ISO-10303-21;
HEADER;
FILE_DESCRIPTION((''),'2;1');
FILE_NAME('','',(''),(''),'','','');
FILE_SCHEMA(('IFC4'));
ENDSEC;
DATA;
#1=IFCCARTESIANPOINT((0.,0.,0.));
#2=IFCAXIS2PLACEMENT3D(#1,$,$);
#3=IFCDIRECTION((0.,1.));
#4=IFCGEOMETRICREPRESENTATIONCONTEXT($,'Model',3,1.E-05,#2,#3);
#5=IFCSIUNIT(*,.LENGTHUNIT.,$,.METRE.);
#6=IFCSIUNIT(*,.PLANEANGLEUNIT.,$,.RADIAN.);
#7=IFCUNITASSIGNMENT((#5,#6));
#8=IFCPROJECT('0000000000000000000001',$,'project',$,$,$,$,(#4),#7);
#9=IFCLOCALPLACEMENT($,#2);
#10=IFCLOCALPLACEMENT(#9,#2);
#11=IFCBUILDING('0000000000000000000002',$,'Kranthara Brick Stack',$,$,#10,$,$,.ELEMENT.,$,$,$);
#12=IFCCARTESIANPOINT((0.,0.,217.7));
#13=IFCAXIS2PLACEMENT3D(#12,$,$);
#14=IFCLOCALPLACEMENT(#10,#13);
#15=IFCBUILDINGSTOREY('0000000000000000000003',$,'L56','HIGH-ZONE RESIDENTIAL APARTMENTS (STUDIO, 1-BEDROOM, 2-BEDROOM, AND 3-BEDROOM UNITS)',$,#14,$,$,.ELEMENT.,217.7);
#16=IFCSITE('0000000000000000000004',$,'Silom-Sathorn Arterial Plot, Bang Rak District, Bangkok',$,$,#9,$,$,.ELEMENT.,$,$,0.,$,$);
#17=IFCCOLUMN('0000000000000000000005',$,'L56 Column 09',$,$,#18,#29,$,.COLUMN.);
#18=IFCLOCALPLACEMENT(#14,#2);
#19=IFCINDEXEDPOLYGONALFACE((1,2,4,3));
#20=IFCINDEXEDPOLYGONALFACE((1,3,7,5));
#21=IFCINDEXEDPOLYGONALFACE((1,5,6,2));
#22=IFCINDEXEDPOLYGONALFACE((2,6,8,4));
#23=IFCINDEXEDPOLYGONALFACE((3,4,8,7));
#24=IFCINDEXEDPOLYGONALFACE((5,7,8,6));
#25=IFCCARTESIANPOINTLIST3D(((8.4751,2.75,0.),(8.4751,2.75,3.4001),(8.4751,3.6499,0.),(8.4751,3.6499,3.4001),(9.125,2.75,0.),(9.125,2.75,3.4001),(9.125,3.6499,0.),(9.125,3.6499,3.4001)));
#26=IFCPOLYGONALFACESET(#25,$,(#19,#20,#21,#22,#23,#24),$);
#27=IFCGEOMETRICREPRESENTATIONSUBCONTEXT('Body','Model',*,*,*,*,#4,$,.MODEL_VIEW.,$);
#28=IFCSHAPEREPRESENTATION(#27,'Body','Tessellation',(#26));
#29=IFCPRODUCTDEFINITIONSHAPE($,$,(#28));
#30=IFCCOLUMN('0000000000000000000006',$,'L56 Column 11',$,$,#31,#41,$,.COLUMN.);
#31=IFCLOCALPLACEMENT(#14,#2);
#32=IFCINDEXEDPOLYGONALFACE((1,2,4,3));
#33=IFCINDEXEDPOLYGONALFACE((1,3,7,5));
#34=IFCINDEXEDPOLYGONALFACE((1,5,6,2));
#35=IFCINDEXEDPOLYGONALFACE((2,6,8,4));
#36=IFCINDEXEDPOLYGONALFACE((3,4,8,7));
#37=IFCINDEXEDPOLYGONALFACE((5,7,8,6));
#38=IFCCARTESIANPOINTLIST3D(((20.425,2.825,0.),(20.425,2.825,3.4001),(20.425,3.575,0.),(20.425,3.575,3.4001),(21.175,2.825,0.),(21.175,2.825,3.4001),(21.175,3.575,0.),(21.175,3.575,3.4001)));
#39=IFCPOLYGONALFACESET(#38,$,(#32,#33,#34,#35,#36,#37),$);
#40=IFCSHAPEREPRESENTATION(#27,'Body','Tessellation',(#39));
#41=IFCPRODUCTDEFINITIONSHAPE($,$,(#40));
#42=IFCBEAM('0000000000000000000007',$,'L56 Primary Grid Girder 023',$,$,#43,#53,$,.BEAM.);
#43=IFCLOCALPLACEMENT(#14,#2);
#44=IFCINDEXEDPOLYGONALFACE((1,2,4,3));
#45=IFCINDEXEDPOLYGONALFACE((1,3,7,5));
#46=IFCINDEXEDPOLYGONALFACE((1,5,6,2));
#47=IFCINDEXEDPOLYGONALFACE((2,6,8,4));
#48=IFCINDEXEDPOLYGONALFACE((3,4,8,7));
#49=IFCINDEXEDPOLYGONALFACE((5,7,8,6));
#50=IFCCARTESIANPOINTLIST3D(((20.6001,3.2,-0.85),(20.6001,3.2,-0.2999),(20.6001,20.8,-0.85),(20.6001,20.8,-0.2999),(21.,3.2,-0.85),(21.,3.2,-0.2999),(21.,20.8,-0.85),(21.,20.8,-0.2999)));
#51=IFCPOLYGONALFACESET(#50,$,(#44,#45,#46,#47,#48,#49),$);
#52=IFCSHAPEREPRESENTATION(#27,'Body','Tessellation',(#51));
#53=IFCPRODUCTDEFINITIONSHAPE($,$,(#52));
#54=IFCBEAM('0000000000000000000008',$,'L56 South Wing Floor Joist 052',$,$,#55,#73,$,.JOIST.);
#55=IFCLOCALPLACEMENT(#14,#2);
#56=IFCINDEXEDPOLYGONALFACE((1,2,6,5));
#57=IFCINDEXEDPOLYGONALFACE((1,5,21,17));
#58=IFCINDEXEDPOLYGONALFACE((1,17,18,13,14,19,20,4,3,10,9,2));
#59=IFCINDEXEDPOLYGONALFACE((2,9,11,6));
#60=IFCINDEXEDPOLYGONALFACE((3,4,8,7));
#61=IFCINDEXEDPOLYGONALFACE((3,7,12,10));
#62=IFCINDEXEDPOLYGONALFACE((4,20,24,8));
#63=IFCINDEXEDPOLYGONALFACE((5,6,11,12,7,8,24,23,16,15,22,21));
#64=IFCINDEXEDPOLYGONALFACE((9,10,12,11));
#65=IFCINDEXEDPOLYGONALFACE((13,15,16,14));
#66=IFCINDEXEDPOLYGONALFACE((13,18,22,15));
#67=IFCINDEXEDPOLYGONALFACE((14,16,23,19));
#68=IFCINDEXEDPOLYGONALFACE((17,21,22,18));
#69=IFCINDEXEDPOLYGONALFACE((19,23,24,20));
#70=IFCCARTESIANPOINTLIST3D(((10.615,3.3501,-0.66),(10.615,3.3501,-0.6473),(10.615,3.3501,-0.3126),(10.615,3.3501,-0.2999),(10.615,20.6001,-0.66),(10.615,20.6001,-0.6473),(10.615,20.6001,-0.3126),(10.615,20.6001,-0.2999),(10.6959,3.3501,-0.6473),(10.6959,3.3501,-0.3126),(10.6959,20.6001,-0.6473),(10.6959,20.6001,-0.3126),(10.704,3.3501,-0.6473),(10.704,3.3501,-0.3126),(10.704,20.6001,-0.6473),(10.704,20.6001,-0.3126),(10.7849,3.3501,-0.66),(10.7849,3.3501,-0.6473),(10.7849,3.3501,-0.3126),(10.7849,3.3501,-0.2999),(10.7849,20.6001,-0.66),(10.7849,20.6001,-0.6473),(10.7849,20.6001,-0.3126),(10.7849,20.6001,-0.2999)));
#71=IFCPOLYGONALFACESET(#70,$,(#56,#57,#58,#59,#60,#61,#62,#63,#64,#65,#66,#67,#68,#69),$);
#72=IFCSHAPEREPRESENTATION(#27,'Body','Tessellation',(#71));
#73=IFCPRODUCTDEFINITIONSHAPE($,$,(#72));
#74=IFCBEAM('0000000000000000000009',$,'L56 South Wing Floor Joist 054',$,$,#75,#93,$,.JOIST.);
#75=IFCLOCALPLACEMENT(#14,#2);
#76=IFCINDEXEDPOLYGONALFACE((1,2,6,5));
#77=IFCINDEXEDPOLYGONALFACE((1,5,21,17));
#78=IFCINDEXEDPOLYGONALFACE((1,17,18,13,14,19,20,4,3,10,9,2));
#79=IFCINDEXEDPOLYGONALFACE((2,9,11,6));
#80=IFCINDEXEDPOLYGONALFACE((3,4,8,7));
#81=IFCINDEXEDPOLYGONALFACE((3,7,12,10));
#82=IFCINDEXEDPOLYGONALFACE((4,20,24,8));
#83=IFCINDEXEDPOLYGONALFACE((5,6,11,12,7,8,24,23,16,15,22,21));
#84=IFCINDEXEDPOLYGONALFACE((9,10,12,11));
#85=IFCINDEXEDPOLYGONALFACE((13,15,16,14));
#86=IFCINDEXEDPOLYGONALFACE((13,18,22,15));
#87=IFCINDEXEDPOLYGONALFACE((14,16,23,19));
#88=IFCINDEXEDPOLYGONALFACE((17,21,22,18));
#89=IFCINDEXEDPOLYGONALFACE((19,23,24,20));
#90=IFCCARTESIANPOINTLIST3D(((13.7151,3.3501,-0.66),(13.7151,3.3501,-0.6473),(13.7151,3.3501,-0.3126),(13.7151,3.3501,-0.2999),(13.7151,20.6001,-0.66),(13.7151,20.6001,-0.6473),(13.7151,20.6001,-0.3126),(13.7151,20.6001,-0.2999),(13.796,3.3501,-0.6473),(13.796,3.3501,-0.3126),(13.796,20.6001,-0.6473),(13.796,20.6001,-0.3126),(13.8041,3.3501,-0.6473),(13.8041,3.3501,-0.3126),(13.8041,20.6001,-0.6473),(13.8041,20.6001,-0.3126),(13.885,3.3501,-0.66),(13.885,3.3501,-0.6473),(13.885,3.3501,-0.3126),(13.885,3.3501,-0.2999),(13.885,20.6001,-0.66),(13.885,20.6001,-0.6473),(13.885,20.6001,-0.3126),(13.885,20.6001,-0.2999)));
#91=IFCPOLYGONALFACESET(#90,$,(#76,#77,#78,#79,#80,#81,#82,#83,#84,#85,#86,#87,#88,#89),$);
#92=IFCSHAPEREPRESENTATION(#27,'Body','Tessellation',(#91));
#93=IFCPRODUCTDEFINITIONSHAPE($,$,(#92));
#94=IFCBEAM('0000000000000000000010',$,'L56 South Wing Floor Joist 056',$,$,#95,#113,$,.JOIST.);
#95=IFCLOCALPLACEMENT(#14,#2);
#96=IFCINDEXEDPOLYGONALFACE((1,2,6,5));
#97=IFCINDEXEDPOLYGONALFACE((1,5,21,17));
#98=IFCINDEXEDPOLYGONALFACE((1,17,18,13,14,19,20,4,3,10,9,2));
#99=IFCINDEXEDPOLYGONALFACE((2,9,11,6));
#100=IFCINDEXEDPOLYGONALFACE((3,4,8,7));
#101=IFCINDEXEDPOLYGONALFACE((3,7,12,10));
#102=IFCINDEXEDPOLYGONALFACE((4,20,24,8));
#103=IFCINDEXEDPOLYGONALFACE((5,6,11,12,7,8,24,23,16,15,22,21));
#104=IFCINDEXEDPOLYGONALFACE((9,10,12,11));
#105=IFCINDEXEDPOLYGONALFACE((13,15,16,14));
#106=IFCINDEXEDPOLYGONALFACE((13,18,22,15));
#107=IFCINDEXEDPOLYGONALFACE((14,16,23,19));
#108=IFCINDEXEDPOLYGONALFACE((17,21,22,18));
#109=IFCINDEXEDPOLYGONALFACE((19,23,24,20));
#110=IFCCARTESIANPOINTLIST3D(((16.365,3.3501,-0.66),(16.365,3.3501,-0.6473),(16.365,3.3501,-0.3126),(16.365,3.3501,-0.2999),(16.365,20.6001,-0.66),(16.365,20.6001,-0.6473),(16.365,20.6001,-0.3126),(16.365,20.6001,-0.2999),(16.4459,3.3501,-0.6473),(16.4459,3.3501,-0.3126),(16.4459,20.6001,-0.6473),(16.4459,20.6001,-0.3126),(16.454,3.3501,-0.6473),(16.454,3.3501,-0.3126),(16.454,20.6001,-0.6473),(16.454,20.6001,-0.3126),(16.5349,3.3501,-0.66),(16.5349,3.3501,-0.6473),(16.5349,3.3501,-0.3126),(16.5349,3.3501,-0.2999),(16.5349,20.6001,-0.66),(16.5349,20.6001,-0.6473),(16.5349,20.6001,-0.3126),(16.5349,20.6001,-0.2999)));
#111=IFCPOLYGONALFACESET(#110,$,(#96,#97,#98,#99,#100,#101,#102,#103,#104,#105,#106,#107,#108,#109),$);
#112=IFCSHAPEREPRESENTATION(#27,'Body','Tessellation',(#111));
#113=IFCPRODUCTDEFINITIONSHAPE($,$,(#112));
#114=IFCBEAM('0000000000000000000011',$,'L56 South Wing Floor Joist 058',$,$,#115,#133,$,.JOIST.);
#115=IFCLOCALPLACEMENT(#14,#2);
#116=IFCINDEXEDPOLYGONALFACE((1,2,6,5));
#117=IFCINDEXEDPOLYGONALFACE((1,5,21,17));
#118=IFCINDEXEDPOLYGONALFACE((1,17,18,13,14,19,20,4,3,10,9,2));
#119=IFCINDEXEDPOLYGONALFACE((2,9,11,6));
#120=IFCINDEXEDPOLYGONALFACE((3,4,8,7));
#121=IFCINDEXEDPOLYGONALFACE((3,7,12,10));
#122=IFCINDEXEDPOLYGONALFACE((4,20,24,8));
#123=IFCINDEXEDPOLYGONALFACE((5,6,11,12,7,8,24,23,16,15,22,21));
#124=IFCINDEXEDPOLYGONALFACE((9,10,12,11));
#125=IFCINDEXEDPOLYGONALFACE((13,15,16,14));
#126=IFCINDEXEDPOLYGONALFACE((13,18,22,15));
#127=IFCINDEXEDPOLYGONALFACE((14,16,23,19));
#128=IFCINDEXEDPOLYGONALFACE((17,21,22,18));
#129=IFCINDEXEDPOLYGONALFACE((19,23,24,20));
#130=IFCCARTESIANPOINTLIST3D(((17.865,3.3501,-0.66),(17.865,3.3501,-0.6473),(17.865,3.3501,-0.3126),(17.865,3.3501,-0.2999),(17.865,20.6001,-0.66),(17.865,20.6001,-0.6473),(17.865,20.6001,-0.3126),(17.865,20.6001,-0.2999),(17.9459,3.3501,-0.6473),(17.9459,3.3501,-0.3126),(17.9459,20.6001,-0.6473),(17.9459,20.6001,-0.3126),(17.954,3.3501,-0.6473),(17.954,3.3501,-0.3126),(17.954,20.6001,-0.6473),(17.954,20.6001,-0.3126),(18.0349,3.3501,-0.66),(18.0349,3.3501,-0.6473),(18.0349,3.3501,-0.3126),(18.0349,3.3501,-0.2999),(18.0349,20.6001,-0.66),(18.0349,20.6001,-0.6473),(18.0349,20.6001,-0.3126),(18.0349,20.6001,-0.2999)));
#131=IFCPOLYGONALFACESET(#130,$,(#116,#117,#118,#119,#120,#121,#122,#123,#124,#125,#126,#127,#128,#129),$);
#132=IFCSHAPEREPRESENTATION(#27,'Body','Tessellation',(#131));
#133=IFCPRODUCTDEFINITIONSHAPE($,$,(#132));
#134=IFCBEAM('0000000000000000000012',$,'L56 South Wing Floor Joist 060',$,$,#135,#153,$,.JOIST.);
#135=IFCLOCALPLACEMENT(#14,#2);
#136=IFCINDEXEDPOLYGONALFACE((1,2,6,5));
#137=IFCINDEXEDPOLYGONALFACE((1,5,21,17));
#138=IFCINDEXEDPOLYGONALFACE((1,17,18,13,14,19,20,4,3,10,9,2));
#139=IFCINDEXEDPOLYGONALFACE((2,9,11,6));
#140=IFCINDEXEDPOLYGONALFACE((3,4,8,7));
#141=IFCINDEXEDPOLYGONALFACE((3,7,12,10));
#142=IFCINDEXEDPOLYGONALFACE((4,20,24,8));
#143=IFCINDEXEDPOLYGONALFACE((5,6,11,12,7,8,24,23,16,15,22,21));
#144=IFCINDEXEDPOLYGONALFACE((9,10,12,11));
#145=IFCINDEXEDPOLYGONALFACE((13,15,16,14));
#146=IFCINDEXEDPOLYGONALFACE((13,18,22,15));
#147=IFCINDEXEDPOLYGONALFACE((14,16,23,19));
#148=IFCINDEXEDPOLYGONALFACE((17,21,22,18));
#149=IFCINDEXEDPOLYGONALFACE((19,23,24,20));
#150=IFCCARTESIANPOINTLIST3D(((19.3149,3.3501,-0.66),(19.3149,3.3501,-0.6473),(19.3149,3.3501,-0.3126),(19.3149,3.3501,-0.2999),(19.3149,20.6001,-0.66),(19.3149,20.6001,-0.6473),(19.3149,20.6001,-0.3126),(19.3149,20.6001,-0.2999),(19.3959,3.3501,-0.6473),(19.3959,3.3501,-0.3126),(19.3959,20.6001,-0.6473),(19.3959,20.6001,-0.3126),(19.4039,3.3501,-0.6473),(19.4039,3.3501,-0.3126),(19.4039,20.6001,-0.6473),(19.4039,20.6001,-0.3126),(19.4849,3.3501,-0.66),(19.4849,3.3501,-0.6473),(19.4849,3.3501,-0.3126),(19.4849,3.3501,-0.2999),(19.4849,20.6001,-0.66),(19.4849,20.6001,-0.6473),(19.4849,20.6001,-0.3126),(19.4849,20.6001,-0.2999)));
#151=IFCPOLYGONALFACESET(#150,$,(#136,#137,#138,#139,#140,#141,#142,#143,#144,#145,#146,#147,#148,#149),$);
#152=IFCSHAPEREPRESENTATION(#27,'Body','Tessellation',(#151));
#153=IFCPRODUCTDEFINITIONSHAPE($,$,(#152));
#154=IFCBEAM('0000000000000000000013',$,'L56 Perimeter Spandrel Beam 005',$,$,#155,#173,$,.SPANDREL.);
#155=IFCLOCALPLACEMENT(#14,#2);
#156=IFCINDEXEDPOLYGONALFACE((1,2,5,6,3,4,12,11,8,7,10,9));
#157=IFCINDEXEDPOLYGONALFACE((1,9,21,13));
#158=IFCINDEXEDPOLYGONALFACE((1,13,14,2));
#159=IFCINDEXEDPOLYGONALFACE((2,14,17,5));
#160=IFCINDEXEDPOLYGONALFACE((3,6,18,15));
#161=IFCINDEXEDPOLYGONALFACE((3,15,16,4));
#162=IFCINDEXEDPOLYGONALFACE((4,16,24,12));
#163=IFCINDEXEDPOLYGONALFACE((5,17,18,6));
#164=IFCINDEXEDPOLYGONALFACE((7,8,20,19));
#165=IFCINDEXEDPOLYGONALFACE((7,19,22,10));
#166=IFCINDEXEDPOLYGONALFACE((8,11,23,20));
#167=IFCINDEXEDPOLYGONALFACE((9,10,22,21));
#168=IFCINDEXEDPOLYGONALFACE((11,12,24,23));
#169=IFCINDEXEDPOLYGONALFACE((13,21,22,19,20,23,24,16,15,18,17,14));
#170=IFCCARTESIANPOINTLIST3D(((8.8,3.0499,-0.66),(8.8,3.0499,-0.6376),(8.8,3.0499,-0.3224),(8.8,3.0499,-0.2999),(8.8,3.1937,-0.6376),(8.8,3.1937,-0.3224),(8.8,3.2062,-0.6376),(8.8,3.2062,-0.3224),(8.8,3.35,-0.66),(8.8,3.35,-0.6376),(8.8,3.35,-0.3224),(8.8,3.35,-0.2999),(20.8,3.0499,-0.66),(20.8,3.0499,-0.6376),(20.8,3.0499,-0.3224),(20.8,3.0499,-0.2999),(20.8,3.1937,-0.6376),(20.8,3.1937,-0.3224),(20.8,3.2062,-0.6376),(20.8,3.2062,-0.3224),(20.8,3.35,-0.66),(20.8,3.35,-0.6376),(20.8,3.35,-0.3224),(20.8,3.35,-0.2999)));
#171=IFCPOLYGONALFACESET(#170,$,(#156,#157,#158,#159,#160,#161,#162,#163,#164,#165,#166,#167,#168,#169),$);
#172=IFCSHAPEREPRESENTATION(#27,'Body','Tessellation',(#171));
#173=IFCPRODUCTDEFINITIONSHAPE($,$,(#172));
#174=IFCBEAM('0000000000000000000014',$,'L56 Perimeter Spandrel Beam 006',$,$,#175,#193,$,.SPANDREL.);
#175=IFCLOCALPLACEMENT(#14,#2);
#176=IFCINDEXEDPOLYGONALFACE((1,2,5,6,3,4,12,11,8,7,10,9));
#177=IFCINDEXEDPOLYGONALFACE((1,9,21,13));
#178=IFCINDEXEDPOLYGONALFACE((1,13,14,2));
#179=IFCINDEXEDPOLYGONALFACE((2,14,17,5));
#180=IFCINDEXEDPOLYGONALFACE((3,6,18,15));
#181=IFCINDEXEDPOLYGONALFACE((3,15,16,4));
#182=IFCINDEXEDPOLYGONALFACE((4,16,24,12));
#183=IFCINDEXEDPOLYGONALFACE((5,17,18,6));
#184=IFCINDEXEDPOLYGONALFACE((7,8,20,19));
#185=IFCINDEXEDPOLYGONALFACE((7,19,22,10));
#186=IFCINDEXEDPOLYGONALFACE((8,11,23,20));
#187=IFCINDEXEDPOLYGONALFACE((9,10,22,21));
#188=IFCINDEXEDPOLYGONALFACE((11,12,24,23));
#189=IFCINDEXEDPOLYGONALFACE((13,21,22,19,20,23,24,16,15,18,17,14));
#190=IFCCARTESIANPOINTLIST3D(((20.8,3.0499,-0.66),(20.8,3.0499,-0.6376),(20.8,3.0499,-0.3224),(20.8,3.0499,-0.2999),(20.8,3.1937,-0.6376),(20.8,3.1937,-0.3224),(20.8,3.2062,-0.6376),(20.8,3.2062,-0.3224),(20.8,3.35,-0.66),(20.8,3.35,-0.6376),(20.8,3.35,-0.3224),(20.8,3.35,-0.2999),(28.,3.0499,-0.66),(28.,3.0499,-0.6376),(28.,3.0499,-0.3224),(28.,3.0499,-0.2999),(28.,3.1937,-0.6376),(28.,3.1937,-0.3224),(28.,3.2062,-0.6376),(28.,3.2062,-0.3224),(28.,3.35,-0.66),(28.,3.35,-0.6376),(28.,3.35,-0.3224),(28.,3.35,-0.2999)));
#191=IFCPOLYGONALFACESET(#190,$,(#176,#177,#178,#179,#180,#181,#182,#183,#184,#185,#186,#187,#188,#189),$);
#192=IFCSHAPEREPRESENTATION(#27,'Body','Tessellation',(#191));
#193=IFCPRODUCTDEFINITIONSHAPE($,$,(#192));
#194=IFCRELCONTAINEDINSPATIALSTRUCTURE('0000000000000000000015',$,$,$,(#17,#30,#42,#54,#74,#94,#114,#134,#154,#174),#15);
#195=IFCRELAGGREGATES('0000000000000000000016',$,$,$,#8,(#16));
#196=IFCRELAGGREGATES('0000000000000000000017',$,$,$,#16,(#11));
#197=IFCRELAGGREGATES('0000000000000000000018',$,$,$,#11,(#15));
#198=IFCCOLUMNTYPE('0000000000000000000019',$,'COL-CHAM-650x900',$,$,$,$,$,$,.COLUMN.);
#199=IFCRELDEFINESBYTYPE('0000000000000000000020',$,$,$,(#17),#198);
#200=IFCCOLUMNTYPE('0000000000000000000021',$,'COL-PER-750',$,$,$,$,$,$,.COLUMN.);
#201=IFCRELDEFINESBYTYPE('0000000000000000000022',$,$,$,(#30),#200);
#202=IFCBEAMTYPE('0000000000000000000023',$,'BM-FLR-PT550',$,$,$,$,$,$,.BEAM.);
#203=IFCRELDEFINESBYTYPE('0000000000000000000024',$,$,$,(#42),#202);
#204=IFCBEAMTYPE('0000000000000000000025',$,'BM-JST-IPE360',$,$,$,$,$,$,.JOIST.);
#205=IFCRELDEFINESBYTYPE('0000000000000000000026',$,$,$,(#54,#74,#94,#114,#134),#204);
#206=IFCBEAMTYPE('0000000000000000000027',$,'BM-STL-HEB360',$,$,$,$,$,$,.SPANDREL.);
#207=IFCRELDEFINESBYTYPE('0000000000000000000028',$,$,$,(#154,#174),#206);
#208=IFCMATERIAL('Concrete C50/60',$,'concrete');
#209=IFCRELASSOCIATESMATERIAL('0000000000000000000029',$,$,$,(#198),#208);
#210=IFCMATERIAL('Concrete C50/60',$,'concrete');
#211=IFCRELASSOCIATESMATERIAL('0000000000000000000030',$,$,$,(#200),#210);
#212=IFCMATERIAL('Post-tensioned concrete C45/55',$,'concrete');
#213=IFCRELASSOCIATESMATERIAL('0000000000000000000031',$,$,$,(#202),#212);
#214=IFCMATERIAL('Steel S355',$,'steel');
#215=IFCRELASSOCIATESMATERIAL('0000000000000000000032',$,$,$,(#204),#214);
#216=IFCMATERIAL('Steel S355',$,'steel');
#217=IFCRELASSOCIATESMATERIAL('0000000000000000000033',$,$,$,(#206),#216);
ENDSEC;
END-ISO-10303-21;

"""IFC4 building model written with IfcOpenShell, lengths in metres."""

from ifc_helpers import new_model, si_unit, direction, frame, origin, origin_2d, place, context, subcontext, project, spatial, rectangle, i_section, extrude, material, material_profile, profile_set, type_object, element, save


model = new_model("IFC4")

# Units and contexts
model_context = context("Model", 3, precision=1e-05, world=origin(), true_north=direction((0.0, 1.0)))
body_context = subcontext(model_context, "Body", "Model", "MODEL_VIEW")
ifc_project = project(units=[si_unit("LENGTHUNIT", "METRE"), si_unit("PLANEANGLEUNIT", "RADIAN")], contexts=[model_context])

# Site, building, storey
site_placement = place(None, origin())
site = spatial("IfcSite", under=ifc_project, at=site_placement, Name="Silom-Sathorn Arterial Plot, Bang Rak District, Bangkok", CompositionType="ELEMENT", RefElevation=0.0)
building_placement = place(site_placement, origin())
building = spatial("IfcBuilding", under=site, at=building_placement, Name="Kranthara Brick Stack", CompositionType="ELEMENT")
storey_placement = place(building_placement, frame((0.0, 0.0, 217.7)))
storey = spatial("IfcBuildingStorey", under=building, at=storey_placement, Name="L56", Description="HIGH-ZONE RESIDENTIAL APARTMENTS (STUDIO, 1-BEDROOM, 2-BEDROOM, AND 3-BEDROOM UNITS)", CompositionType="ELEMENT", Elevation=217.7)

# Columns
ifc_material_1 = material(Name="Concrete C50/60", Category="concrete")
ifc_material_profile_1 = material_profile(ifc_material_1, rectangle(XDim=0.6499, YDim=0.8999, at=origin_2d()), Name="RC 650x900")
ifc_profile_set_1 = profile_set([ifc_material_profile_1], Name="Concrete C50/60")
column_type_1 = type_object("IfcColumnType", Name="COL-CHAM-650x900", PredefinedType="COLUMN", material=ifc_profile_set_1)
column_1_placement = place(storey_placement, frame((8.8, 3.2, 0.0), z_axis=(0.0, 0.0, 1.0), x_axis=(1.0, 0.0, 0.0)))
element("IfcColumn", 1, at=column_1_placement, inside=storey, type_object=column_type_1, Name="L56 Column 09", PredefinedType="COLUMN", context=body_context, shape_type="SweptSolid", body=[
    extrude(rectangle(XDim=0.6499, YDim=0.8999, at=origin_2d()), origin(), (0.0, 0.0, 1.0), 3.4001),
])
ifc_material_2 = material(Name="Concrete C50/60", Category="concrete")
ifc_material_profile_2 = material_profile(ifc_material_2, rectangle(XDim=0.75, YDim=0.75, at=origin_2d()), Name="RC 750x750")
ifc_profile_set_2 = profile_set([ifc_material_profile_2], Name="Concrete C50/60")
column_type_2 = type_object("IfcColumnType", Name="COL-PER-750", PredefinedType="COLUMN", material=ifc_profile_set_2)
column_2_placement = place(storey_placement, frame((20.8, 3.2, 0.0), z_axis=(0.0, 0.0, 1.0), x_axis=(1.0, 0.0, 0.0)))
element("IfcColumn", 2, at=column_2_placement, inside=storey, type_object=column_type_2, Name="L56 Column 11", PredefinedType="COLUMN", context=body_context, shape_type="SweptSolid", body=[
    extrude(rectangle(XDim=0.75, YDim=0.75, at=origin_2d()), origin(), (0.0, 0.0, 1.0), 3.4001),
])

# Beams
ifc_material_3 = material(Name="Post-tensioned concrete C45/55", Category="concrete")
ifc_material_profile_3 = material_profile(ifc_material_3, rectangle(XDim=0.3999, YDim=0.55, at=origin_2d()), Name="PT 400x550")
ifc_profile_set_3 = profile_set([ifc_material_profile_3], Name="Post-tensioned concrete C45/55")
beam_type_1 = type_object("IfcBeamType", Name="BM-FLR-PT550", PredefinedType="BEAM", material=ifc_profile_set_3)
beam_1_placement = place(storey_placement, frame((20.8, 3.2, -0.575), z_axis=(0.0, 1.0, 0.0), x_axis=(-1.0, 0.0, 0.0)))
element("IfcBeam", 3, at=beam_1_placement, inside=storey, type_object=beam_type_1, Name="L56 Primary Grid Girder 023", PredefinedType="BEAM", context=body_context, shape_type="SweptSolid", body=[
    extrude(rectangle(XDim=0.3999, YDim=0.55, at=origin_2d()), origin(), (0.0, 0.0, 1.0), 17.6001),
])
ifc_material_4 = material(Name="Steel S355", Category="steel")
ifc_material_profile_4 = material_profile(ifc_material_4, i_section(OverallWidth=0.1699, OverallDepth=0.3601, WebThickness=0.0081, FlangeThickness=0.0127, at=origin_2d()), Name="IPE 360")
ifc_profile_set_4 = profile_set([ifc_material_profile_4], Name="Steel S355")
beam_type_2 = type_object("IfcBeamType", Name="BM-JST-IPE360", PredefinedType="JOIST", material=ifc_profile_set_4)
for number, where, z_axis, x_axis, name in (
    (4, (10.7, 3.3501, -0.48), (0.0, 1.0, 0.0), (-1.0, 0.0, 0.0), "L56 South Wing Floor Joist 052"),
    (5, (13.8, 3.3501, -0.48), (0.0, 1.0, 0.0), (-1.0, 0.0, 0.0), "L56 South Wing Floor Joist 054"),
    (6, (16.45, 3.3501, -0.48), (0.0, 1.0, 0.0), (-1.0, 0.0, 0.0), "L56 South Wing Floor Joist 056"),
    (7, (17.95, 3.3501, -0.48), (0.0, 1.0, 0.0), (-1.0, 0.0, 0.0), "L56 South Wing Floor Joist 058"),
    (8, (19.3999, 3.3501, -0.48), (0.0, 1.0, 0.0), (-1.0, 0.0, 0.0), "L56 South Wing Floor Joist 060"),
):
    element("IfcBeam", number, at=place(storey_placement, frame(where, z_axis=z_axis, x_axis=x_axis)), inside=storey, type_object=beam_type_2, Name=name, PredefinedType="JOIST", context=body_context, shape_type="SweptSolid", body=[
        extrude(i_section(OverallWidth=0.1699, OverallDepth=0.3601, WebThickness=0.0081, FlangeThickness=0.0127, at=origin_2d()), origin(), (0.0, 0.0, 1.0), 17.25),
    ])
ifc_material_5 = material(Name="Steel S355", Category="steel")
ifc_material_profile_5 = material_profile(ifc_material_5, i_section(OverallWidth=0.3, OverallDepth=0.3601, WebThickness=0.0125, FlangeThickness=0.0225, at=origin_2d()), Name="HEB 360")
ifc_profile_set_5 = profile_set([ifc_material_profile_5], Name="Steel S355")
beam_type_3 = type_object("IfcBeamType", Name="BM-STL-HEB360", PredefinedType="SPANDREL", material=ifc_profile_set_5)
beam_2_placement = place(storey_placement, frame((8.8, 3.2, -0.48), z_axis=(1.0, 0.0, 0.0), x_axis=(0.0, 1.0, 0.0)))
element("IfcBeam", 9, at=beam_2_placement, inside=storey, type_object=beam_type_3, Name="L56 Perimeter Spandrel Beam 005", PredefinedType="SPANDREL", context=body_context, shape_type="SweptSolid", body=[
    extrude(i_section(OverallWidth=0.3, OverallDepth=0.3601, WebThickness=0.0125, FlangeThickness=0.0225, at=origin_2d()), origin(), (0.0, 0.0, 1.0), 12.0),
])
beam_3_placement = place(storey_placement, frame((20.8, 3.2, -0.48), z_axis=(1.0, 0.0, 0.0), x_axis=(0.0, 1.0, 0.0)))
element("IfcBeam", 10, at=beam_3_placement, inside=storey, type_object=beam_type_3, Name="L56 Perimeter Spandrel Beam 006", PredefinedType="SPANDREL", context=body_context, shape_type="SweptSolid", body=[
    extrude(i_section(OverallWidth=0.3, OverallDepth=0.3601, WebThickness=0.0125, FlangeThickness=0.0225, at=origin_2d()), origin(), (0.0, 0.0, 1.0), 7.2),
])

save(model, "model.ifc")
